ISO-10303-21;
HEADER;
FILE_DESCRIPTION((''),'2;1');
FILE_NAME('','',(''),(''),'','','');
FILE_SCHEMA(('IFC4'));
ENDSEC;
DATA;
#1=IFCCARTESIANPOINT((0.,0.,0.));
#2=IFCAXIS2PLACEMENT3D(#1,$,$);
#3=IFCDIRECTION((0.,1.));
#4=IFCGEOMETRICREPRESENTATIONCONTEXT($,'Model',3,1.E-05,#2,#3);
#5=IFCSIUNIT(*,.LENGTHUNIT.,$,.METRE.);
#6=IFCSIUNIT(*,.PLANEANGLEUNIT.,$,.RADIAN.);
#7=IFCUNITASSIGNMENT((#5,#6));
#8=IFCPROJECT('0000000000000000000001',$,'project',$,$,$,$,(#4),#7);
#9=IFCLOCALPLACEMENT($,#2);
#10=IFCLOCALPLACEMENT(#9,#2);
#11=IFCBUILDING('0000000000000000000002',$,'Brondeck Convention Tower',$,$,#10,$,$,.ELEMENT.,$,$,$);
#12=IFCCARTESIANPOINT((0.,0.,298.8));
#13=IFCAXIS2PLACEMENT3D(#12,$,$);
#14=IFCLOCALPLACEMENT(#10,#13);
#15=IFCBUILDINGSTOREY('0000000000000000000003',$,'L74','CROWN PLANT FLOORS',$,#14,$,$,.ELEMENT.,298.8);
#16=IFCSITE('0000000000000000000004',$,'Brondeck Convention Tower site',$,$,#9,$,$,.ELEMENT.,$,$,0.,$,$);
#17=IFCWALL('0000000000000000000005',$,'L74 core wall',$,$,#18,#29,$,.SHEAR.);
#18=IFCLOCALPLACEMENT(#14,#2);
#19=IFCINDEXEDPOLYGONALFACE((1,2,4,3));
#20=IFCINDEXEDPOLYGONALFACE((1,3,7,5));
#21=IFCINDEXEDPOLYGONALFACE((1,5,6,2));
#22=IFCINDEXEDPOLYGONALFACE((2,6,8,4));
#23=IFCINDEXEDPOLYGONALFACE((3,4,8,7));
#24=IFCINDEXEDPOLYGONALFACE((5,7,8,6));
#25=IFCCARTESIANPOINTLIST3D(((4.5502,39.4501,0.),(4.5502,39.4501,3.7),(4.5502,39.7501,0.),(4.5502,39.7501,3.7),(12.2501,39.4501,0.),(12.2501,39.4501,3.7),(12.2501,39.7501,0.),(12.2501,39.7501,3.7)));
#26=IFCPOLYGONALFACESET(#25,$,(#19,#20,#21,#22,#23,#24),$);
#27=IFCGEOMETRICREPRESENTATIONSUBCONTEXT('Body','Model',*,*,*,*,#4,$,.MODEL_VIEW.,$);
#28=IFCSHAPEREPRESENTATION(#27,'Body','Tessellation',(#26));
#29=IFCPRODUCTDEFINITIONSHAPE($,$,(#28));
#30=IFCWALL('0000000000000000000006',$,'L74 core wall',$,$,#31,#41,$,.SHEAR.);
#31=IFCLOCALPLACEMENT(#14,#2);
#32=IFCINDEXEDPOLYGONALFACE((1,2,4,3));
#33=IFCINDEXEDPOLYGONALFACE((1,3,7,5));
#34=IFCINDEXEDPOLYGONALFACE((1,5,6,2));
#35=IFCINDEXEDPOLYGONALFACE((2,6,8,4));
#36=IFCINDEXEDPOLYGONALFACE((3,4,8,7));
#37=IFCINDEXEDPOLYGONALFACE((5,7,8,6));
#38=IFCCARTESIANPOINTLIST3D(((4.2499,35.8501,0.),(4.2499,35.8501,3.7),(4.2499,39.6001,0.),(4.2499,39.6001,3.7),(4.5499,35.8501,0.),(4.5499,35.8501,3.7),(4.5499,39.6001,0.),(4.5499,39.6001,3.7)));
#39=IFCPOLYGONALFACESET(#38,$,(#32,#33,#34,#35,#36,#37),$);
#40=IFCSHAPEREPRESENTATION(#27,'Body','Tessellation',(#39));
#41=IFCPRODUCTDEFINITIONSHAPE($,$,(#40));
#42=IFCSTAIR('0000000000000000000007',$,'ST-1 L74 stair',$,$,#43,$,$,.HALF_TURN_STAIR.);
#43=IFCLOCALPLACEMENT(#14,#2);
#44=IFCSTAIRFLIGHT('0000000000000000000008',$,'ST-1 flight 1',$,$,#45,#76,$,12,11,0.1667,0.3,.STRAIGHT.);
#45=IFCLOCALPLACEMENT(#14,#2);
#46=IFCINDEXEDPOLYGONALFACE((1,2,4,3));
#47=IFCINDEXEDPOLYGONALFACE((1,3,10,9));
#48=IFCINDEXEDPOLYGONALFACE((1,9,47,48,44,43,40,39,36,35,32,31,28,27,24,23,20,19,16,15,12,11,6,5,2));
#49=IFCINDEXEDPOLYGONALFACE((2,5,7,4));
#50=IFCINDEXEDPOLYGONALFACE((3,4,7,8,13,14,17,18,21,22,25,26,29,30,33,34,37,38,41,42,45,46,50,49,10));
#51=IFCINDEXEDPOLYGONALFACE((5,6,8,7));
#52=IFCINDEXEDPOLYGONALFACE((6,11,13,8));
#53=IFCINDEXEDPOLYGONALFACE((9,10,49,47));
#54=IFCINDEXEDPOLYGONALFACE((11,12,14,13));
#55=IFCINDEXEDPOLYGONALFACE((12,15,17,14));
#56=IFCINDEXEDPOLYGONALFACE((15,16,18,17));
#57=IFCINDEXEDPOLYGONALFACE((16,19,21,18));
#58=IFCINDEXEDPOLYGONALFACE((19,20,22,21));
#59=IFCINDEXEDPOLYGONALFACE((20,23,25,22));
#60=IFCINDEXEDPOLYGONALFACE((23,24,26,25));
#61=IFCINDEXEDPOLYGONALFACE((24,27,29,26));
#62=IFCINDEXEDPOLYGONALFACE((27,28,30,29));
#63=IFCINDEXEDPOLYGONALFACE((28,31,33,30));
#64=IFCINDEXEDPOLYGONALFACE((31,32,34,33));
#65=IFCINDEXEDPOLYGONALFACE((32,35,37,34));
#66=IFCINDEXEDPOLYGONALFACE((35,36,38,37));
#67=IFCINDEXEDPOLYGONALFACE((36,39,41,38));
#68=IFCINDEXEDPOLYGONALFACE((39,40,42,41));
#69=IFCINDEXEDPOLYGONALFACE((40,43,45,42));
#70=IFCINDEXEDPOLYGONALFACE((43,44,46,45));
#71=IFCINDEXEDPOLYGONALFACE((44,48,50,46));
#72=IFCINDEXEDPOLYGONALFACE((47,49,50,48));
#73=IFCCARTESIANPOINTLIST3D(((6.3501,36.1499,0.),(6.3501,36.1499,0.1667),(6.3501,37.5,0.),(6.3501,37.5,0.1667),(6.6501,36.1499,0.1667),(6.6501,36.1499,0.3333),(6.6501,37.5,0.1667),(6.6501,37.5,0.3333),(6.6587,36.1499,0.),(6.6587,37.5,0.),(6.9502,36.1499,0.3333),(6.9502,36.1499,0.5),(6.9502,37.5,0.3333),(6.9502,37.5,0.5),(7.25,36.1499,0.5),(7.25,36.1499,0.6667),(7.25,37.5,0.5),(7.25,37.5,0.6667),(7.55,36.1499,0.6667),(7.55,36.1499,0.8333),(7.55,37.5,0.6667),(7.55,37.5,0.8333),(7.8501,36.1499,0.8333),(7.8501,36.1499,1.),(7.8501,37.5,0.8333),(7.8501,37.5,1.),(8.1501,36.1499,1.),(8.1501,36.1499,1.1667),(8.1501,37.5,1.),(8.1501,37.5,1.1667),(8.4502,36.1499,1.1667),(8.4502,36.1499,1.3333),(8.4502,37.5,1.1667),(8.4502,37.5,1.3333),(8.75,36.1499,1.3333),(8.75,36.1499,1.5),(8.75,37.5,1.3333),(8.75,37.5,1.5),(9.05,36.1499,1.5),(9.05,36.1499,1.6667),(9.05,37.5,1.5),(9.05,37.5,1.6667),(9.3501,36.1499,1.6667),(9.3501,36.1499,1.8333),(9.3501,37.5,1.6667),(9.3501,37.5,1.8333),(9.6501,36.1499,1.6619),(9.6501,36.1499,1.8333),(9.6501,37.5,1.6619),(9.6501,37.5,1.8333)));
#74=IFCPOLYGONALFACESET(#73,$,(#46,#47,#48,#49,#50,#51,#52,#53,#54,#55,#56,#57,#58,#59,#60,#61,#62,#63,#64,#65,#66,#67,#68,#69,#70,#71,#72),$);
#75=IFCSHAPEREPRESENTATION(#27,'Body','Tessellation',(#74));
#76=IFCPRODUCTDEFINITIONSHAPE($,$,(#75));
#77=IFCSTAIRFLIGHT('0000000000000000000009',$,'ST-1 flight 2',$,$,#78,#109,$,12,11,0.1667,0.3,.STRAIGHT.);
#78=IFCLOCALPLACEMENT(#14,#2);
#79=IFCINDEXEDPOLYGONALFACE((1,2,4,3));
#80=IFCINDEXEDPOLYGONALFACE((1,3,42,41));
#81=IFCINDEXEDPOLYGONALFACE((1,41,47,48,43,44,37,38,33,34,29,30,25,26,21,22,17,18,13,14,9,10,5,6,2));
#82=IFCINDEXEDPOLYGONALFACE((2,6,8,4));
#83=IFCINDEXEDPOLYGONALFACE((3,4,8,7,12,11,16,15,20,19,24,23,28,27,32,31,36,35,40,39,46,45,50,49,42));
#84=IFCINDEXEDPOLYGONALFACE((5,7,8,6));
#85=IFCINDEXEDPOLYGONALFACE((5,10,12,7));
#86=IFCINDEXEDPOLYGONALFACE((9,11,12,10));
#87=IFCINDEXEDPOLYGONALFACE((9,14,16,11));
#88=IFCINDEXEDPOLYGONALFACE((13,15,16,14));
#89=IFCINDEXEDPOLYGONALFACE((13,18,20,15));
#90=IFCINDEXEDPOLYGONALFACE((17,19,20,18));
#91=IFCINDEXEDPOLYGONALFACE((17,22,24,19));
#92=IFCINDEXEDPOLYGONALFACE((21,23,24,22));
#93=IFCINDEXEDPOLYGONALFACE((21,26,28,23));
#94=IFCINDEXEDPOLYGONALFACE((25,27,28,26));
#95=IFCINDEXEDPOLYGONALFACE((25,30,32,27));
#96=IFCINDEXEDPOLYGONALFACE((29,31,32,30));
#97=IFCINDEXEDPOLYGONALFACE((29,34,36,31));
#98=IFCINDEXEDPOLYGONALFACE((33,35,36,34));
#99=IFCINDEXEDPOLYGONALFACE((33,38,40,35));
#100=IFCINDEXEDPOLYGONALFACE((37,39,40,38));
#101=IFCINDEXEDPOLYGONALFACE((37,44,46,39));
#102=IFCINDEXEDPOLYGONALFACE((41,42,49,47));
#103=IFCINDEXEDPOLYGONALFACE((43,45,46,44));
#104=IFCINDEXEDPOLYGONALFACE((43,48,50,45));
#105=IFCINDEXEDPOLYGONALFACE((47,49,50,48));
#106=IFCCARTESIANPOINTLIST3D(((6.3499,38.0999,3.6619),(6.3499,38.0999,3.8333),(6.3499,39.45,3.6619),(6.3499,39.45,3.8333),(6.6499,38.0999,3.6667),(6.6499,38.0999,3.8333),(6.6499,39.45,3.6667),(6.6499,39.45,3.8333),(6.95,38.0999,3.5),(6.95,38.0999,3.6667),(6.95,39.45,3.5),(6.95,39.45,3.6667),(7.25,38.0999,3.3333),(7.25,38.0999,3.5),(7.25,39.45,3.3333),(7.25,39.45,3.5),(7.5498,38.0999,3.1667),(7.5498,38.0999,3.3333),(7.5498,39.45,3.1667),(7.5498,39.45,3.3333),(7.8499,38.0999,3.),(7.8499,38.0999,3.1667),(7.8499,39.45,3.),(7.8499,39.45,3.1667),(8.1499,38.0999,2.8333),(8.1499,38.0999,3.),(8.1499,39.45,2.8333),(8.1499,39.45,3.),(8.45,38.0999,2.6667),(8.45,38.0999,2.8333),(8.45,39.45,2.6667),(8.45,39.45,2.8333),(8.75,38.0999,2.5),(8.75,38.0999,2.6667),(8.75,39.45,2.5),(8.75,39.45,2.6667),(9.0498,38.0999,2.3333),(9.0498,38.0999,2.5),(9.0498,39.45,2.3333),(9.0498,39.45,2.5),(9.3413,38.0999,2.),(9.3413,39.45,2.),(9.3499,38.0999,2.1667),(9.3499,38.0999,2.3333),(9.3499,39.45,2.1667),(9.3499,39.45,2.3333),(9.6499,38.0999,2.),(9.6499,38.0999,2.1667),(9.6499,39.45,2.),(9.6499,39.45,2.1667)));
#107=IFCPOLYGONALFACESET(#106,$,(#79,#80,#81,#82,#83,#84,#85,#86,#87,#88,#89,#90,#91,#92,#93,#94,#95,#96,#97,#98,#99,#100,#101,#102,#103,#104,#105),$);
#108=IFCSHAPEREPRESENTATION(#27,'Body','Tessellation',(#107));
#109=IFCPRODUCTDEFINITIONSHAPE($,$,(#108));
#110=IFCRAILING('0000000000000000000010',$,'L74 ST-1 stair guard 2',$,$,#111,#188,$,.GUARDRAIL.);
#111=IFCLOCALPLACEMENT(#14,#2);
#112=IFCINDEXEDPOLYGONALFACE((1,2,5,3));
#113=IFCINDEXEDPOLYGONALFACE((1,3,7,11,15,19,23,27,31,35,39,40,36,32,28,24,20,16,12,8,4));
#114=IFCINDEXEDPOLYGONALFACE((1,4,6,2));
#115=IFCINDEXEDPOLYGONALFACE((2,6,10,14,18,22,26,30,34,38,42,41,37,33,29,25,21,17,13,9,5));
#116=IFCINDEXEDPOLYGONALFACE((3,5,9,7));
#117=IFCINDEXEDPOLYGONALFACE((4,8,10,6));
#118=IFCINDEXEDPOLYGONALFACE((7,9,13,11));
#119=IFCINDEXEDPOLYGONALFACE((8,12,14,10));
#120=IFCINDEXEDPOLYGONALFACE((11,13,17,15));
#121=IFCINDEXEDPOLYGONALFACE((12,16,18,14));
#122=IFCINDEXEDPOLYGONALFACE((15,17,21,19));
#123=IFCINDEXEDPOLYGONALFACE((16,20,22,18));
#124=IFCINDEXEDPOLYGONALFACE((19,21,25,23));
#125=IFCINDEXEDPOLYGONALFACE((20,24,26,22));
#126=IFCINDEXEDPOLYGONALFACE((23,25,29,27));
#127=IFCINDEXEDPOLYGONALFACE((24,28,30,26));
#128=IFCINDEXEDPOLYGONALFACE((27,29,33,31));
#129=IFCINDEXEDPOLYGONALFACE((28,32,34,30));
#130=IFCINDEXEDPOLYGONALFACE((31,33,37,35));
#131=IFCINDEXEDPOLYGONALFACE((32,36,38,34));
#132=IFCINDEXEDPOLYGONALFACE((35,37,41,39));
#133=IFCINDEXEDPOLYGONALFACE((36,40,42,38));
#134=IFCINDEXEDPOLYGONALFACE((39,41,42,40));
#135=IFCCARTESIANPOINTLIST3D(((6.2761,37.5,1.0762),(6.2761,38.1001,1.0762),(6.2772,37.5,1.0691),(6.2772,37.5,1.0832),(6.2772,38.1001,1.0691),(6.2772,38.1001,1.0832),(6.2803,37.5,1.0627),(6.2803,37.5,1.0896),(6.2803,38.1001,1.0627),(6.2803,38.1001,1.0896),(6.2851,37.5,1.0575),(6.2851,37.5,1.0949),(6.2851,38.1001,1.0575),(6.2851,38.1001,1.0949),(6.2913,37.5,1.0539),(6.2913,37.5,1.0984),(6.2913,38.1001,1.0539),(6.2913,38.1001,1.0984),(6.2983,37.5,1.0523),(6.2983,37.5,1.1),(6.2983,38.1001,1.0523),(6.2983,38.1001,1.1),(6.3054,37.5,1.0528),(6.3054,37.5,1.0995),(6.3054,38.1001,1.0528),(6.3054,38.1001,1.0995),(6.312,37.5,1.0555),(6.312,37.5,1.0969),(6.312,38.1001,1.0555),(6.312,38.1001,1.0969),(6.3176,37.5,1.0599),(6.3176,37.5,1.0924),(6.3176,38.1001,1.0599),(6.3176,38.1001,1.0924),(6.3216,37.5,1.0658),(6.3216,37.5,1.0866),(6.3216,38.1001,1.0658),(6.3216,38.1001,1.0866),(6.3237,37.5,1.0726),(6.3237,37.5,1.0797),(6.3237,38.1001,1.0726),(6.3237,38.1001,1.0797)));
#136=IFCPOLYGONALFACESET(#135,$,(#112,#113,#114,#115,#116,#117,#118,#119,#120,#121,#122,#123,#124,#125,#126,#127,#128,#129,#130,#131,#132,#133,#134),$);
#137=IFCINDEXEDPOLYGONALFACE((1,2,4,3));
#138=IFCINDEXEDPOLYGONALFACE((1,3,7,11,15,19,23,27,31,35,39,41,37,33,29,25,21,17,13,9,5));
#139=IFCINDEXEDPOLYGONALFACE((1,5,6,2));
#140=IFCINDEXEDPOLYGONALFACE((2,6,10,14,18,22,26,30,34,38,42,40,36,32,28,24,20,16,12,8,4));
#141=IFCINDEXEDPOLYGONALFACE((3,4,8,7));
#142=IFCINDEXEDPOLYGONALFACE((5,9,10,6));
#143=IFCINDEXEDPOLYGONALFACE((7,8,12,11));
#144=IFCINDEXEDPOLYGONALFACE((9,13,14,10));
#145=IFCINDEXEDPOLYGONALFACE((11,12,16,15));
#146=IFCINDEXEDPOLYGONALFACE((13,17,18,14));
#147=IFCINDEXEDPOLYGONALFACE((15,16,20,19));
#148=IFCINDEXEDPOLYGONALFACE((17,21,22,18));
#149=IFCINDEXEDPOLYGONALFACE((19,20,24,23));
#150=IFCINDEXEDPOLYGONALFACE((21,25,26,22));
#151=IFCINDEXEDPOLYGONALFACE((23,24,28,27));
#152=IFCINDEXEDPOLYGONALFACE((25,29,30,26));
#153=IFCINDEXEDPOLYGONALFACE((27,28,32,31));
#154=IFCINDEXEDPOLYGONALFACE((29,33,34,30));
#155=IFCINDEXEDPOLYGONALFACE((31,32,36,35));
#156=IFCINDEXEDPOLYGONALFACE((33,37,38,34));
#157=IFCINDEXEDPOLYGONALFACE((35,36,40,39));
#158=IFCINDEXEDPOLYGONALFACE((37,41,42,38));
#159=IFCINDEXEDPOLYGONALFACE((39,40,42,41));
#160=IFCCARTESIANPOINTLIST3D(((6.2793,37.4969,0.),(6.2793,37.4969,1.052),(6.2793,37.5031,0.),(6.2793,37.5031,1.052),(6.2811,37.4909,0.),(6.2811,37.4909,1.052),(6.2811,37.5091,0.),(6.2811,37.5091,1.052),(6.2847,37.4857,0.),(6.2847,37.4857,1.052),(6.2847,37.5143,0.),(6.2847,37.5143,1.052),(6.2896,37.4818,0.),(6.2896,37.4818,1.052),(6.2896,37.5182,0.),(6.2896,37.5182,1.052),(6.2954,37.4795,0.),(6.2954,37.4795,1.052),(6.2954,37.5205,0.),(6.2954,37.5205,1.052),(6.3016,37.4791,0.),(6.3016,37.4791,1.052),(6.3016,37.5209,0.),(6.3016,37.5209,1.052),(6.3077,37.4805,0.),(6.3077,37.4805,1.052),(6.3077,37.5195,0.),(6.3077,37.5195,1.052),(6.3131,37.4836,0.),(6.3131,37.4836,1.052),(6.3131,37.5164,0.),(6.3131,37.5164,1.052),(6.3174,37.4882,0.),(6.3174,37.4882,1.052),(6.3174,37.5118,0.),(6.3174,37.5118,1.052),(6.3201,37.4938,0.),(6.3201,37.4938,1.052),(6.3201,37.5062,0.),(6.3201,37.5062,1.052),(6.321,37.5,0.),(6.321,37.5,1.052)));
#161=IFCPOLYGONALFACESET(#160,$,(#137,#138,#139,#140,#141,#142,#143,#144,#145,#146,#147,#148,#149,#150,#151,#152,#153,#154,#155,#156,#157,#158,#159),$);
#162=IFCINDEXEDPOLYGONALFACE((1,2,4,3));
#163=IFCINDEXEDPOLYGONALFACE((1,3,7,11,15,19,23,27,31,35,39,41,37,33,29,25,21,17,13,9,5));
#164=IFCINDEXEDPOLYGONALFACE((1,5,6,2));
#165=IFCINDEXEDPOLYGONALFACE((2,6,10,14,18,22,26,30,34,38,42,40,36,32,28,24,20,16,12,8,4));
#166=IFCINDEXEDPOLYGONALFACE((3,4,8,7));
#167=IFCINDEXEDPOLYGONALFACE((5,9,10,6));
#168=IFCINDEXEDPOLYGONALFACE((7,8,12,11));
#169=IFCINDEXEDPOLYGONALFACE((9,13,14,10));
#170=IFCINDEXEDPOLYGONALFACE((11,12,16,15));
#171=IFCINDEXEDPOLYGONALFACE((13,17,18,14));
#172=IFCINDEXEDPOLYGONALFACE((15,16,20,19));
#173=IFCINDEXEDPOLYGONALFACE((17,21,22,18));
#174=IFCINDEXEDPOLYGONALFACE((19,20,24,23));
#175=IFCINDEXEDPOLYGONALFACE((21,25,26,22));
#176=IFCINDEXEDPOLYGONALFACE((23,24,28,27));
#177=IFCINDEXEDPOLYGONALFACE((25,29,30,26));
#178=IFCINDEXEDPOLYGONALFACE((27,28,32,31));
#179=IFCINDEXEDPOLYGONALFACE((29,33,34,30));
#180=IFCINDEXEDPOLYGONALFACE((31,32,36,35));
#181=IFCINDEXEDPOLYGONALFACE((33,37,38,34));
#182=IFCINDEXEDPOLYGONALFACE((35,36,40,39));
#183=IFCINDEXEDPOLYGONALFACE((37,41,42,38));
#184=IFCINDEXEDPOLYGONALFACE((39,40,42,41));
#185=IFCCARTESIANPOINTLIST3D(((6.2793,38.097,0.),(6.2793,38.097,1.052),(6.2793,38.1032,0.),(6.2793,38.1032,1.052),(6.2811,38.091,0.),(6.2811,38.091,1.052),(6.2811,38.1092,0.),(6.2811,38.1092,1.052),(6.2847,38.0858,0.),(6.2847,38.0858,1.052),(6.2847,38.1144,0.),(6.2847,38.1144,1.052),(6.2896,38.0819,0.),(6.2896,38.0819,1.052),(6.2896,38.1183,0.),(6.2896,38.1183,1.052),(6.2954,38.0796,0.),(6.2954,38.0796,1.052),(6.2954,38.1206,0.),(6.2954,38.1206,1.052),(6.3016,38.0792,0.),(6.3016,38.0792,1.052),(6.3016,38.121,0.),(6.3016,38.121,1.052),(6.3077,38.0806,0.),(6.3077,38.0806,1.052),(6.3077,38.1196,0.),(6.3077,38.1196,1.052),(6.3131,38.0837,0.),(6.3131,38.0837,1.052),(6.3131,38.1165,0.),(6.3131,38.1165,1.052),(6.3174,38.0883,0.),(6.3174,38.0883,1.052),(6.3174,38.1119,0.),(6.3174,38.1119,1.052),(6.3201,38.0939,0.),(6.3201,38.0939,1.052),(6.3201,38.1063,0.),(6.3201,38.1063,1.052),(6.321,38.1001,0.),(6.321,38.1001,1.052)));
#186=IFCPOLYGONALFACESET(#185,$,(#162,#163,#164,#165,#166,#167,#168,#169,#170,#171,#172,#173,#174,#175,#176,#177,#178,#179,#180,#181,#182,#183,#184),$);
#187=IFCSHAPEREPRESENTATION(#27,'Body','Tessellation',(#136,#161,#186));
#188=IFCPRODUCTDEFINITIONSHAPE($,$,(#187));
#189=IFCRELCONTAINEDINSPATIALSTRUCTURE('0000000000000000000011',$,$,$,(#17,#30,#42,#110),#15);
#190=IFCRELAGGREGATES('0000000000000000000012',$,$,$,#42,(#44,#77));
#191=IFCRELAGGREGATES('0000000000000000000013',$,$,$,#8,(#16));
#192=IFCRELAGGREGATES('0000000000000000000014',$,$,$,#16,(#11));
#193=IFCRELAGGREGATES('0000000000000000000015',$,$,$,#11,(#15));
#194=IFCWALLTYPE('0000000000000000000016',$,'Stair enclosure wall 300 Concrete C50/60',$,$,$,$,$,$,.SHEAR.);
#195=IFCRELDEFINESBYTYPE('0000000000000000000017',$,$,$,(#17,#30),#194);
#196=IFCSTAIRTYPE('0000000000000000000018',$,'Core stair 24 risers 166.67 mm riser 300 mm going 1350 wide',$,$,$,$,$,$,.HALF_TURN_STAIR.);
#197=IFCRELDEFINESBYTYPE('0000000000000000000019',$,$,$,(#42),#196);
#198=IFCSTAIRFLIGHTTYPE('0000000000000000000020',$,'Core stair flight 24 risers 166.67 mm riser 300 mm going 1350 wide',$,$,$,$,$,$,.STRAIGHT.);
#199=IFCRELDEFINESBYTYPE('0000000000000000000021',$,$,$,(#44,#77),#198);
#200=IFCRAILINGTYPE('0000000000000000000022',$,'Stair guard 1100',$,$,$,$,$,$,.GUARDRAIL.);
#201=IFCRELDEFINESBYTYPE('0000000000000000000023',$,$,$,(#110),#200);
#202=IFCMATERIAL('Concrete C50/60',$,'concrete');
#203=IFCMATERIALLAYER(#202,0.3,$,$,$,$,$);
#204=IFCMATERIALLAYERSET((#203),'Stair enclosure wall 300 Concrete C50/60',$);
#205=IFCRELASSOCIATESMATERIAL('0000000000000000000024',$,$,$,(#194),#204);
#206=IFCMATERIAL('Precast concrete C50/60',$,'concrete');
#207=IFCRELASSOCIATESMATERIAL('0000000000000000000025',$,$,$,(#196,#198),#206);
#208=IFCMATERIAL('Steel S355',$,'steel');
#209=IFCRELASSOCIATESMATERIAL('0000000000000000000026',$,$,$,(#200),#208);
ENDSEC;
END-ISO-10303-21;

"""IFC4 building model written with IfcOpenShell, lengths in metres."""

from ifc_helpers import new_model, si_unit, direction, frame, frame_2d, origin, origin_2d, place, context, subcontext, project, spatial, polyline, rectangle, circle, outline, extrude, material, layer, layer_set, type_object, element, aggregate, save


model = new_model("IFC4")

# Units and contexts
model_context = context("Model", 3, precision=1e-05, world=origin(), true_north=direction((0.0, 1.0)))
body_context = subcontext(model_context, "Body", "Model", "MODEL_VIEW")
ifc_project = project(units=[si_unit("LENGTHUNIT", "METRE"), si_unit("PLANEANGLEUNIT", "RADIAN")], contexts=[model_context])

# Site, building, storey
site_placement = place(None, origin())
site = spatial("IfcSite", under=ifc_project, at=site_placement, Name="Brondeck Convention Tower site", CompositionType="ELEMENT", RefElevation=0.0)
building_placement = place(site_placement, origin())
building = spatial("IfcBuilding", under=site, at=building_placement, Name="Brondeck Convention Tower", CompositionType="ELEMENT")
storey_placement = place(building_placement, frame((0.0, 0.0, 298.8)))
storey = spatial("IfcBuildingStorey", under=building, at=storey_placement, Name="L74", Description="CROWN PLANT FLOORS", CompositionType="ELEMENT", Elevation=298.8)

# Shared definitions
ifc_material_1 = material(Name="Concrete C50/60", Category="concrete")

# Shared definitions
ifc_layer_1 = layer(ifc_material_1, 0.3)
ifc_layer_set_1 = layer_set([ifc_layer_1], Name="Stair enclosure wall 300 Concrete C50/60")
wall_type_1 = type_object("IfcWallType", Name="Stair enclosure wall 300 Concrete C50/60", PredefinedType="SHEAR", material=ifc_layer_set_1)

# Walls
wall_1_placement = place(storey_placement, frame((4.55, 39.6001, 0.0), z_axis=(0.0, 0.0, 1.0), x_axis=(1.0, 0.0, 0.0)))
element("IfcWall", 1, at=wall_1_placement, inside=storey, type_object=wall_type_1, Name="L74 core wall", PredefinedType="SHEAR", context=body_context, shape_type="SweptSolid", body=[
    extrude(rectangle(XDim=7.7, YDim=0.3, at=frame_2d((3.8501, 0.0))), origin(), (0.0, 0.0, 1.0), 3.7),
])
wall_2_placement = place(storey_placement, frame((4.3999, 35.8501, 0.0), z_axis=(0.0, 0.0, 1.0), x_axis=(0.0, 1.0, 0.0)))
element("IfcWall", 2, at=wall_2_placement, inside=storey, type_object=wall_type_1, Name="L74 core wall", PredefinedType="SHEAR", context=body_context, shape_type="SweptSolid", body=[
    extrude(rectangle(XDim=3.75, YDim=0.3, at=frame_2d((1.875, 0.0))), origin(), (0.0, 0.0, 1.0), 3.7),
])

# Stair, stair flights
ifc_material_2 = material(Name="Precast concrete C50/60", Category="concrete")
stair_type = type_object("IfcStairType", Name="Core stair 24 risers 166.67 mm riser 300 mm going 1350 wide", PredefinedType="HALF_TURN_STAIR", material=ifc_material_2)
stair_placement = place(storey_placement, origin())
stair = element("IfcStair", 3, at=stair_placement, inside=storey, type_object=stair_type, Name="ST-1 L74 stair", PredefinedType="HALF_TURN_STAIR")
stair_flight_type = type_object("IfcStairFlightType", Name="Core stair flight 24 risers 166.67 mm riser 300 mm going 1350 wide", PredefinedType="STRAIGHT", material=ifc_material_2)
stair_flight_1_placement = place(storey_placement, frame((6.3501, 36.825, 0.0), z_axis=(0.0, 0.0, 1.0), x_axis=(1.0, 0.0, 0.0)))
stair_flight_1 = element("IfcStairFlight", 4, at=stair_flight_1_placement, type_object=stair_flight_type, Name="ST-1 flight 1", NumberOfRisers=12, NumberOfTreads=11, PredefinedType="STRAIGHT", RiserHeight=0.1667, TreadLength=0.3, context=body_context, shape_type="SweptSolid", body=[
    extrude(outline(polyline([(0.0, 0.0), (0.0, 0.1667), (0.3, 0.1667), (0.3, 0.3333), (0.6001, 0.3333), (0.6001, 0.5), (0.8999, 0.5), (0.8999, 0.6667), (1.2, 0.6667), (1.2, 0.8333), (1.5, 0.8333), (1.5, 1.0), (1.8, 1.0), (1.8, 1.1667), (2.1001, 1.1667), (2.1001, 1.3333), (2.3999, 1.3333), (2.3999, 1.5), (2.7, 1.5), (2.7, 1.6667), (3.0, 1.6667), (3.0, 1.8333), (3.3, 1.8333), (3.3, 2.0), (3.3, 1.6619), (0.3086, 0.0), (0.0, 0.0)])), frame((0.0, 0.675, 0.0), z_axis=(0.0, -1.0, 0.0), x_axis=(1.0, 0.0, 0.0)), (0.0, 0.0, 1.0), 1.3501),
])
stair_flight_2_placement = place(storey_placement, frame((9.6499, 38.7749, 2.0), z_axis=(0.0, 0.0, 1.0), x_axis=(-1.0, 0.0, 0.0)))
stair_flight_2 = element("IfcStairFlight", 5, at=stair_flight_2_placement, type_object=stair_flight_type, Name="ST-1 flight 2", NumberOfRisers=12, NumberOfTreads=11, PredefinedType="STRAIGHT", RiserHeight=0.1667, TreadLength=0.3, context=body_context, shape_type="SweptSolid", body=[
    extrude(outline(polyline([(0.0, 0.0), (0.0, 0.1667), (0.3, 0.1667), (0.3, 0.3333), (0.6001, 0.3333), (0.6001, 0.5), (0.8999, 0.5), (0.8999, 0.6667), (1.2, 0.6667), (1.2, 0.8333), (1.5, 0.8333), (1.5, 1.0), (1.8, 1.0), (1.8, 1.1667), (2.1001, 1.1667), (2.1001, 1.3333), (2.3999, 1.3333), (2.3999, 1.5), (2.7, 1.5), (2.7, 1.6667), (3.0, 1.6667), (3.0, 1.8333), (3.3, 1.8333), (3.3, 2.0), (3.3, 1.6619), (0.3086, 0.0), (0.0, 0.0)])), frame((0.0, 0.675, 0.0), z_axis=(0.0, -1.0, 0.0), x_axis=(1.0, 0.0, 0.0)), (0.0, 0.0, 1.0), 1.3501),
])
aggregate(stair, [stair_flight_1, stair_flight_2])

# Railing
ifc_material_3 = material(Name="Steel S355", Category="steel")
railing_type_1 = type_object("IfcRailingType", Name="Stair guard 1100", PredefinedType="GUARDRAIL", material=ifc_material_3)
railing_1_placement = place(storey_placement, frame((6.3, 37.5, 0.0)))
element("IfcRailing", 6, at=railing_1_placement, inside=storey, type_object=railing_type_1, Name="L74 ST-1 stair guard 2", PredefinedType="GUARDRAIL", context=body_context, shape_type="SweptSolid", body=[
    extrude(circle(Radius=0.0239, at=origin_2d()), frame((0.0, 0.0, 1.0762), z_axis=(0.0, 1.0, 0.0), x_axis=(-1.0, 0.0, 0.0)), (0.0, 0.0, 1.0), 0.6001),
    extrude(circle(Radius=0.021, at=origin_2d()), origin(), (0.0, 0.0, 1.0), 1.052),
    extrude(circle(Radius=0.021, at=origin_2d()), frame((0.0, 0.6001, 0.0)), (0.0, 0.0, 1.0), 1.052),
])

save(model, "model.ifc")
